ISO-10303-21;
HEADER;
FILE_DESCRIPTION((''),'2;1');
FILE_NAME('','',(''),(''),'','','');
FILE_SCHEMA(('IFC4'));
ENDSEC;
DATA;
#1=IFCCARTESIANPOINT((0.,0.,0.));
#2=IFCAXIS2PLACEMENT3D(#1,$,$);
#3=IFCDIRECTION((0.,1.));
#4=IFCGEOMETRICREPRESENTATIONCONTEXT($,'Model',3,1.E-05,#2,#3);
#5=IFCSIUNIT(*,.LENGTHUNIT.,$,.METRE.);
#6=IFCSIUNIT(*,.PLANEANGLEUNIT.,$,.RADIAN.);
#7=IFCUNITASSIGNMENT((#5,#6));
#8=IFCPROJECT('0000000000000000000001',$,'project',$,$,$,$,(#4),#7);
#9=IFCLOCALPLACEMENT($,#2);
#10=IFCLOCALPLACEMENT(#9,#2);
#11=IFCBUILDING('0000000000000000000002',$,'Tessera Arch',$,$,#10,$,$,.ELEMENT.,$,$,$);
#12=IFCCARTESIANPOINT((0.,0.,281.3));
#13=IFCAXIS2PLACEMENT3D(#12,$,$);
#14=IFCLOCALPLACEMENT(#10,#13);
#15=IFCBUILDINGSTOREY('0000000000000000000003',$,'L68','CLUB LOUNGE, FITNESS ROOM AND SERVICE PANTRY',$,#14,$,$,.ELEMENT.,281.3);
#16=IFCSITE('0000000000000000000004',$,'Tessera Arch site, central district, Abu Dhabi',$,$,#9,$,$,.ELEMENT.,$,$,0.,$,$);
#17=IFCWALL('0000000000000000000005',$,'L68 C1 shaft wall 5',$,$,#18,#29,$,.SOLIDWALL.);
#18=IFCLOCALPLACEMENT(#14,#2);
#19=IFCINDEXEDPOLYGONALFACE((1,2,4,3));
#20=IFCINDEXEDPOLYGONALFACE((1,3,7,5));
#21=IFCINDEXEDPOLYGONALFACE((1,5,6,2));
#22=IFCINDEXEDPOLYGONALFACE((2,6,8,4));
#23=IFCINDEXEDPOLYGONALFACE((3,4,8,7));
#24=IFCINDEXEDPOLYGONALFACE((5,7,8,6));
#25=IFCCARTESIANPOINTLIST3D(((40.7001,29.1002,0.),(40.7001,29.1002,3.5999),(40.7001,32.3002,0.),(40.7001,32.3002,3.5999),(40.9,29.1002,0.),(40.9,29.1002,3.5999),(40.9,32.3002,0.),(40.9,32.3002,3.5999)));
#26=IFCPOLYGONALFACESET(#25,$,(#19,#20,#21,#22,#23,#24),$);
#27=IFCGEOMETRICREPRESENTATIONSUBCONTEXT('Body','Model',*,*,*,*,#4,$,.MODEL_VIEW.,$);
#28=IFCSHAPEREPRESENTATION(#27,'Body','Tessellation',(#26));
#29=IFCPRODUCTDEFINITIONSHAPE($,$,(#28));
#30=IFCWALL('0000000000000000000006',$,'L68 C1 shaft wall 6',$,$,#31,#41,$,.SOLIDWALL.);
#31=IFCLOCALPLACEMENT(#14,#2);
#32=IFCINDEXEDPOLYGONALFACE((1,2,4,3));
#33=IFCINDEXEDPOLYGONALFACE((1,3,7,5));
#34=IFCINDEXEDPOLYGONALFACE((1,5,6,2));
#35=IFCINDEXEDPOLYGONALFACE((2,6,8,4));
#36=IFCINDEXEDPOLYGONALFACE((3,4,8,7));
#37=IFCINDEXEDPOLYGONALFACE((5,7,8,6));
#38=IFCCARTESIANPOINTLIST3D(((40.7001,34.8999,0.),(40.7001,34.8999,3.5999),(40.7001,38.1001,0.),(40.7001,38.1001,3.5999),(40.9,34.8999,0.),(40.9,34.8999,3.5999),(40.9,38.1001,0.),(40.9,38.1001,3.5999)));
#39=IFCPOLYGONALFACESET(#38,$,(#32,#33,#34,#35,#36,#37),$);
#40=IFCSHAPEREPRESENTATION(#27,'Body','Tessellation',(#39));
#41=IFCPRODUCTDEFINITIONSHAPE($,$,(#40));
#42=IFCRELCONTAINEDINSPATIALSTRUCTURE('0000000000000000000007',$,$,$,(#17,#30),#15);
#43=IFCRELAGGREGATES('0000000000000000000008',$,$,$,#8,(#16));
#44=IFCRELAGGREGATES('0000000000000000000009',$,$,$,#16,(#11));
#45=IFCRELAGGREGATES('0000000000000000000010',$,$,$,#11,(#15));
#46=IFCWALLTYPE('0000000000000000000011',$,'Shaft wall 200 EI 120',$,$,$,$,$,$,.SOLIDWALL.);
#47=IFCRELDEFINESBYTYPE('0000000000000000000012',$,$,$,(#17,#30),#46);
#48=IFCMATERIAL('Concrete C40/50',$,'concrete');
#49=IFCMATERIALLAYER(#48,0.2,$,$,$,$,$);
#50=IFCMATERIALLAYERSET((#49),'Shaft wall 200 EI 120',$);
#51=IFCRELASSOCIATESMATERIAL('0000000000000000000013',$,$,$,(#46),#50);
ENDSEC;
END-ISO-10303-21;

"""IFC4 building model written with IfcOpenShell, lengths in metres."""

from ifc_helpers import new_model, si_unit, direction, frame, frame_2d, origin, place, context, subcontext, project, spatial, rectangle, extrude, material, layer, layer_set, type_object, element, save


model = new_model("IFC4")

# Units and contexts
model_context = context("Model", 3, precision=1e-05, world=origin(), true_north=direction((0.0, 1.0)))
body_context = subcontext(model_context, "Body", "Model", "MODEL_VIEW")
ifc_project = project(units=[si_unit("LENGTHUNIT", "METRE"), si_unit("PLANEANGLEUNIT", "RADIAN")], contexts=[model_context])

# Site, building, storey
site_placement = place(None, origin())
site = spatial("IfcSite", under=ifc_project, at=site_placement, Name="Tessera Arch site, central district, Abu Dhabi", CompositionType="ELEMENT", RefElevation=0.0)
building_placement = place(site_placement, origin())
building = spatial("IfcBuilding", under=site, at=building_placement, Name="Tessera Arch", CompositionType="ELEMENT")
storey_placement = place(building_placement, frame((0.0, 0.0, 281.3)))
storey = spatial("IfcBuildingStorey", under=building, at=storey_placement, Name="L68", Description="CLUB LOUNGE, FITNESS ROOM AND SERVICE PANTRY", CompositionType="ELEMENT", Elevation=281.3)

# Walls
ifc_material_1 = material(Name="Concrete C40/50", Category="concrete")
ifc_layer_1 = layer(ifc_material_1, 0.2)
ifc_layer_set_1 = layer_set([ifc_layer_1], Name="Shaft wall 200 EI 120")
wall_type = type_object("IfcWallType", Name="Shaft wall 200 EI 120", PredefinedType="SOLIDWALL", material=ifc_layer_set_1)
wall_1_placement = place(storey_placement, frame((40.8, 29.1001, 0.0), z_axis=(0.0, 0.0, 1.0), x_axis=(0.0, 1.0, 0.0)))
element("IfcWall", 1, at=wall_1_placement, inside=storey, type_object=wall_type, Name="L68 C1 shaft wall 5", PredefinedType="SOLIDWALL", context=body_context, shape_type="SweptSolid", body=[
    extrude(rectangle(XDim=3.2, YDim=0.2, at=frame_2d((1.6001, 0.0))), origin(), (0.0, 0.0, 1.0), 3.5999),
])
wall_2_placement = place(storey_placement, frame((40.8, 34.8999, 0.0), z_axis=(0.0, 0.0, 1.0), x_axis=(0.0, 1.0, 0.0)))
element("IfcWall", 2, at=wall_2_placement, inside=storey, type_object=wall_type, Name="L68 C1 shaft wall 6", PredefinedType="SOLIDWALL", context=body_context, shape_type="SweptSolid", body=[
    extrude(rectangle(XDim=3.2002, YDim=0.2, at=frame_2d((1.6001, 0.0))), origin(), (0.0, 0.0, 1.0), 3.5999),
])

save(model, "model.ifc")
